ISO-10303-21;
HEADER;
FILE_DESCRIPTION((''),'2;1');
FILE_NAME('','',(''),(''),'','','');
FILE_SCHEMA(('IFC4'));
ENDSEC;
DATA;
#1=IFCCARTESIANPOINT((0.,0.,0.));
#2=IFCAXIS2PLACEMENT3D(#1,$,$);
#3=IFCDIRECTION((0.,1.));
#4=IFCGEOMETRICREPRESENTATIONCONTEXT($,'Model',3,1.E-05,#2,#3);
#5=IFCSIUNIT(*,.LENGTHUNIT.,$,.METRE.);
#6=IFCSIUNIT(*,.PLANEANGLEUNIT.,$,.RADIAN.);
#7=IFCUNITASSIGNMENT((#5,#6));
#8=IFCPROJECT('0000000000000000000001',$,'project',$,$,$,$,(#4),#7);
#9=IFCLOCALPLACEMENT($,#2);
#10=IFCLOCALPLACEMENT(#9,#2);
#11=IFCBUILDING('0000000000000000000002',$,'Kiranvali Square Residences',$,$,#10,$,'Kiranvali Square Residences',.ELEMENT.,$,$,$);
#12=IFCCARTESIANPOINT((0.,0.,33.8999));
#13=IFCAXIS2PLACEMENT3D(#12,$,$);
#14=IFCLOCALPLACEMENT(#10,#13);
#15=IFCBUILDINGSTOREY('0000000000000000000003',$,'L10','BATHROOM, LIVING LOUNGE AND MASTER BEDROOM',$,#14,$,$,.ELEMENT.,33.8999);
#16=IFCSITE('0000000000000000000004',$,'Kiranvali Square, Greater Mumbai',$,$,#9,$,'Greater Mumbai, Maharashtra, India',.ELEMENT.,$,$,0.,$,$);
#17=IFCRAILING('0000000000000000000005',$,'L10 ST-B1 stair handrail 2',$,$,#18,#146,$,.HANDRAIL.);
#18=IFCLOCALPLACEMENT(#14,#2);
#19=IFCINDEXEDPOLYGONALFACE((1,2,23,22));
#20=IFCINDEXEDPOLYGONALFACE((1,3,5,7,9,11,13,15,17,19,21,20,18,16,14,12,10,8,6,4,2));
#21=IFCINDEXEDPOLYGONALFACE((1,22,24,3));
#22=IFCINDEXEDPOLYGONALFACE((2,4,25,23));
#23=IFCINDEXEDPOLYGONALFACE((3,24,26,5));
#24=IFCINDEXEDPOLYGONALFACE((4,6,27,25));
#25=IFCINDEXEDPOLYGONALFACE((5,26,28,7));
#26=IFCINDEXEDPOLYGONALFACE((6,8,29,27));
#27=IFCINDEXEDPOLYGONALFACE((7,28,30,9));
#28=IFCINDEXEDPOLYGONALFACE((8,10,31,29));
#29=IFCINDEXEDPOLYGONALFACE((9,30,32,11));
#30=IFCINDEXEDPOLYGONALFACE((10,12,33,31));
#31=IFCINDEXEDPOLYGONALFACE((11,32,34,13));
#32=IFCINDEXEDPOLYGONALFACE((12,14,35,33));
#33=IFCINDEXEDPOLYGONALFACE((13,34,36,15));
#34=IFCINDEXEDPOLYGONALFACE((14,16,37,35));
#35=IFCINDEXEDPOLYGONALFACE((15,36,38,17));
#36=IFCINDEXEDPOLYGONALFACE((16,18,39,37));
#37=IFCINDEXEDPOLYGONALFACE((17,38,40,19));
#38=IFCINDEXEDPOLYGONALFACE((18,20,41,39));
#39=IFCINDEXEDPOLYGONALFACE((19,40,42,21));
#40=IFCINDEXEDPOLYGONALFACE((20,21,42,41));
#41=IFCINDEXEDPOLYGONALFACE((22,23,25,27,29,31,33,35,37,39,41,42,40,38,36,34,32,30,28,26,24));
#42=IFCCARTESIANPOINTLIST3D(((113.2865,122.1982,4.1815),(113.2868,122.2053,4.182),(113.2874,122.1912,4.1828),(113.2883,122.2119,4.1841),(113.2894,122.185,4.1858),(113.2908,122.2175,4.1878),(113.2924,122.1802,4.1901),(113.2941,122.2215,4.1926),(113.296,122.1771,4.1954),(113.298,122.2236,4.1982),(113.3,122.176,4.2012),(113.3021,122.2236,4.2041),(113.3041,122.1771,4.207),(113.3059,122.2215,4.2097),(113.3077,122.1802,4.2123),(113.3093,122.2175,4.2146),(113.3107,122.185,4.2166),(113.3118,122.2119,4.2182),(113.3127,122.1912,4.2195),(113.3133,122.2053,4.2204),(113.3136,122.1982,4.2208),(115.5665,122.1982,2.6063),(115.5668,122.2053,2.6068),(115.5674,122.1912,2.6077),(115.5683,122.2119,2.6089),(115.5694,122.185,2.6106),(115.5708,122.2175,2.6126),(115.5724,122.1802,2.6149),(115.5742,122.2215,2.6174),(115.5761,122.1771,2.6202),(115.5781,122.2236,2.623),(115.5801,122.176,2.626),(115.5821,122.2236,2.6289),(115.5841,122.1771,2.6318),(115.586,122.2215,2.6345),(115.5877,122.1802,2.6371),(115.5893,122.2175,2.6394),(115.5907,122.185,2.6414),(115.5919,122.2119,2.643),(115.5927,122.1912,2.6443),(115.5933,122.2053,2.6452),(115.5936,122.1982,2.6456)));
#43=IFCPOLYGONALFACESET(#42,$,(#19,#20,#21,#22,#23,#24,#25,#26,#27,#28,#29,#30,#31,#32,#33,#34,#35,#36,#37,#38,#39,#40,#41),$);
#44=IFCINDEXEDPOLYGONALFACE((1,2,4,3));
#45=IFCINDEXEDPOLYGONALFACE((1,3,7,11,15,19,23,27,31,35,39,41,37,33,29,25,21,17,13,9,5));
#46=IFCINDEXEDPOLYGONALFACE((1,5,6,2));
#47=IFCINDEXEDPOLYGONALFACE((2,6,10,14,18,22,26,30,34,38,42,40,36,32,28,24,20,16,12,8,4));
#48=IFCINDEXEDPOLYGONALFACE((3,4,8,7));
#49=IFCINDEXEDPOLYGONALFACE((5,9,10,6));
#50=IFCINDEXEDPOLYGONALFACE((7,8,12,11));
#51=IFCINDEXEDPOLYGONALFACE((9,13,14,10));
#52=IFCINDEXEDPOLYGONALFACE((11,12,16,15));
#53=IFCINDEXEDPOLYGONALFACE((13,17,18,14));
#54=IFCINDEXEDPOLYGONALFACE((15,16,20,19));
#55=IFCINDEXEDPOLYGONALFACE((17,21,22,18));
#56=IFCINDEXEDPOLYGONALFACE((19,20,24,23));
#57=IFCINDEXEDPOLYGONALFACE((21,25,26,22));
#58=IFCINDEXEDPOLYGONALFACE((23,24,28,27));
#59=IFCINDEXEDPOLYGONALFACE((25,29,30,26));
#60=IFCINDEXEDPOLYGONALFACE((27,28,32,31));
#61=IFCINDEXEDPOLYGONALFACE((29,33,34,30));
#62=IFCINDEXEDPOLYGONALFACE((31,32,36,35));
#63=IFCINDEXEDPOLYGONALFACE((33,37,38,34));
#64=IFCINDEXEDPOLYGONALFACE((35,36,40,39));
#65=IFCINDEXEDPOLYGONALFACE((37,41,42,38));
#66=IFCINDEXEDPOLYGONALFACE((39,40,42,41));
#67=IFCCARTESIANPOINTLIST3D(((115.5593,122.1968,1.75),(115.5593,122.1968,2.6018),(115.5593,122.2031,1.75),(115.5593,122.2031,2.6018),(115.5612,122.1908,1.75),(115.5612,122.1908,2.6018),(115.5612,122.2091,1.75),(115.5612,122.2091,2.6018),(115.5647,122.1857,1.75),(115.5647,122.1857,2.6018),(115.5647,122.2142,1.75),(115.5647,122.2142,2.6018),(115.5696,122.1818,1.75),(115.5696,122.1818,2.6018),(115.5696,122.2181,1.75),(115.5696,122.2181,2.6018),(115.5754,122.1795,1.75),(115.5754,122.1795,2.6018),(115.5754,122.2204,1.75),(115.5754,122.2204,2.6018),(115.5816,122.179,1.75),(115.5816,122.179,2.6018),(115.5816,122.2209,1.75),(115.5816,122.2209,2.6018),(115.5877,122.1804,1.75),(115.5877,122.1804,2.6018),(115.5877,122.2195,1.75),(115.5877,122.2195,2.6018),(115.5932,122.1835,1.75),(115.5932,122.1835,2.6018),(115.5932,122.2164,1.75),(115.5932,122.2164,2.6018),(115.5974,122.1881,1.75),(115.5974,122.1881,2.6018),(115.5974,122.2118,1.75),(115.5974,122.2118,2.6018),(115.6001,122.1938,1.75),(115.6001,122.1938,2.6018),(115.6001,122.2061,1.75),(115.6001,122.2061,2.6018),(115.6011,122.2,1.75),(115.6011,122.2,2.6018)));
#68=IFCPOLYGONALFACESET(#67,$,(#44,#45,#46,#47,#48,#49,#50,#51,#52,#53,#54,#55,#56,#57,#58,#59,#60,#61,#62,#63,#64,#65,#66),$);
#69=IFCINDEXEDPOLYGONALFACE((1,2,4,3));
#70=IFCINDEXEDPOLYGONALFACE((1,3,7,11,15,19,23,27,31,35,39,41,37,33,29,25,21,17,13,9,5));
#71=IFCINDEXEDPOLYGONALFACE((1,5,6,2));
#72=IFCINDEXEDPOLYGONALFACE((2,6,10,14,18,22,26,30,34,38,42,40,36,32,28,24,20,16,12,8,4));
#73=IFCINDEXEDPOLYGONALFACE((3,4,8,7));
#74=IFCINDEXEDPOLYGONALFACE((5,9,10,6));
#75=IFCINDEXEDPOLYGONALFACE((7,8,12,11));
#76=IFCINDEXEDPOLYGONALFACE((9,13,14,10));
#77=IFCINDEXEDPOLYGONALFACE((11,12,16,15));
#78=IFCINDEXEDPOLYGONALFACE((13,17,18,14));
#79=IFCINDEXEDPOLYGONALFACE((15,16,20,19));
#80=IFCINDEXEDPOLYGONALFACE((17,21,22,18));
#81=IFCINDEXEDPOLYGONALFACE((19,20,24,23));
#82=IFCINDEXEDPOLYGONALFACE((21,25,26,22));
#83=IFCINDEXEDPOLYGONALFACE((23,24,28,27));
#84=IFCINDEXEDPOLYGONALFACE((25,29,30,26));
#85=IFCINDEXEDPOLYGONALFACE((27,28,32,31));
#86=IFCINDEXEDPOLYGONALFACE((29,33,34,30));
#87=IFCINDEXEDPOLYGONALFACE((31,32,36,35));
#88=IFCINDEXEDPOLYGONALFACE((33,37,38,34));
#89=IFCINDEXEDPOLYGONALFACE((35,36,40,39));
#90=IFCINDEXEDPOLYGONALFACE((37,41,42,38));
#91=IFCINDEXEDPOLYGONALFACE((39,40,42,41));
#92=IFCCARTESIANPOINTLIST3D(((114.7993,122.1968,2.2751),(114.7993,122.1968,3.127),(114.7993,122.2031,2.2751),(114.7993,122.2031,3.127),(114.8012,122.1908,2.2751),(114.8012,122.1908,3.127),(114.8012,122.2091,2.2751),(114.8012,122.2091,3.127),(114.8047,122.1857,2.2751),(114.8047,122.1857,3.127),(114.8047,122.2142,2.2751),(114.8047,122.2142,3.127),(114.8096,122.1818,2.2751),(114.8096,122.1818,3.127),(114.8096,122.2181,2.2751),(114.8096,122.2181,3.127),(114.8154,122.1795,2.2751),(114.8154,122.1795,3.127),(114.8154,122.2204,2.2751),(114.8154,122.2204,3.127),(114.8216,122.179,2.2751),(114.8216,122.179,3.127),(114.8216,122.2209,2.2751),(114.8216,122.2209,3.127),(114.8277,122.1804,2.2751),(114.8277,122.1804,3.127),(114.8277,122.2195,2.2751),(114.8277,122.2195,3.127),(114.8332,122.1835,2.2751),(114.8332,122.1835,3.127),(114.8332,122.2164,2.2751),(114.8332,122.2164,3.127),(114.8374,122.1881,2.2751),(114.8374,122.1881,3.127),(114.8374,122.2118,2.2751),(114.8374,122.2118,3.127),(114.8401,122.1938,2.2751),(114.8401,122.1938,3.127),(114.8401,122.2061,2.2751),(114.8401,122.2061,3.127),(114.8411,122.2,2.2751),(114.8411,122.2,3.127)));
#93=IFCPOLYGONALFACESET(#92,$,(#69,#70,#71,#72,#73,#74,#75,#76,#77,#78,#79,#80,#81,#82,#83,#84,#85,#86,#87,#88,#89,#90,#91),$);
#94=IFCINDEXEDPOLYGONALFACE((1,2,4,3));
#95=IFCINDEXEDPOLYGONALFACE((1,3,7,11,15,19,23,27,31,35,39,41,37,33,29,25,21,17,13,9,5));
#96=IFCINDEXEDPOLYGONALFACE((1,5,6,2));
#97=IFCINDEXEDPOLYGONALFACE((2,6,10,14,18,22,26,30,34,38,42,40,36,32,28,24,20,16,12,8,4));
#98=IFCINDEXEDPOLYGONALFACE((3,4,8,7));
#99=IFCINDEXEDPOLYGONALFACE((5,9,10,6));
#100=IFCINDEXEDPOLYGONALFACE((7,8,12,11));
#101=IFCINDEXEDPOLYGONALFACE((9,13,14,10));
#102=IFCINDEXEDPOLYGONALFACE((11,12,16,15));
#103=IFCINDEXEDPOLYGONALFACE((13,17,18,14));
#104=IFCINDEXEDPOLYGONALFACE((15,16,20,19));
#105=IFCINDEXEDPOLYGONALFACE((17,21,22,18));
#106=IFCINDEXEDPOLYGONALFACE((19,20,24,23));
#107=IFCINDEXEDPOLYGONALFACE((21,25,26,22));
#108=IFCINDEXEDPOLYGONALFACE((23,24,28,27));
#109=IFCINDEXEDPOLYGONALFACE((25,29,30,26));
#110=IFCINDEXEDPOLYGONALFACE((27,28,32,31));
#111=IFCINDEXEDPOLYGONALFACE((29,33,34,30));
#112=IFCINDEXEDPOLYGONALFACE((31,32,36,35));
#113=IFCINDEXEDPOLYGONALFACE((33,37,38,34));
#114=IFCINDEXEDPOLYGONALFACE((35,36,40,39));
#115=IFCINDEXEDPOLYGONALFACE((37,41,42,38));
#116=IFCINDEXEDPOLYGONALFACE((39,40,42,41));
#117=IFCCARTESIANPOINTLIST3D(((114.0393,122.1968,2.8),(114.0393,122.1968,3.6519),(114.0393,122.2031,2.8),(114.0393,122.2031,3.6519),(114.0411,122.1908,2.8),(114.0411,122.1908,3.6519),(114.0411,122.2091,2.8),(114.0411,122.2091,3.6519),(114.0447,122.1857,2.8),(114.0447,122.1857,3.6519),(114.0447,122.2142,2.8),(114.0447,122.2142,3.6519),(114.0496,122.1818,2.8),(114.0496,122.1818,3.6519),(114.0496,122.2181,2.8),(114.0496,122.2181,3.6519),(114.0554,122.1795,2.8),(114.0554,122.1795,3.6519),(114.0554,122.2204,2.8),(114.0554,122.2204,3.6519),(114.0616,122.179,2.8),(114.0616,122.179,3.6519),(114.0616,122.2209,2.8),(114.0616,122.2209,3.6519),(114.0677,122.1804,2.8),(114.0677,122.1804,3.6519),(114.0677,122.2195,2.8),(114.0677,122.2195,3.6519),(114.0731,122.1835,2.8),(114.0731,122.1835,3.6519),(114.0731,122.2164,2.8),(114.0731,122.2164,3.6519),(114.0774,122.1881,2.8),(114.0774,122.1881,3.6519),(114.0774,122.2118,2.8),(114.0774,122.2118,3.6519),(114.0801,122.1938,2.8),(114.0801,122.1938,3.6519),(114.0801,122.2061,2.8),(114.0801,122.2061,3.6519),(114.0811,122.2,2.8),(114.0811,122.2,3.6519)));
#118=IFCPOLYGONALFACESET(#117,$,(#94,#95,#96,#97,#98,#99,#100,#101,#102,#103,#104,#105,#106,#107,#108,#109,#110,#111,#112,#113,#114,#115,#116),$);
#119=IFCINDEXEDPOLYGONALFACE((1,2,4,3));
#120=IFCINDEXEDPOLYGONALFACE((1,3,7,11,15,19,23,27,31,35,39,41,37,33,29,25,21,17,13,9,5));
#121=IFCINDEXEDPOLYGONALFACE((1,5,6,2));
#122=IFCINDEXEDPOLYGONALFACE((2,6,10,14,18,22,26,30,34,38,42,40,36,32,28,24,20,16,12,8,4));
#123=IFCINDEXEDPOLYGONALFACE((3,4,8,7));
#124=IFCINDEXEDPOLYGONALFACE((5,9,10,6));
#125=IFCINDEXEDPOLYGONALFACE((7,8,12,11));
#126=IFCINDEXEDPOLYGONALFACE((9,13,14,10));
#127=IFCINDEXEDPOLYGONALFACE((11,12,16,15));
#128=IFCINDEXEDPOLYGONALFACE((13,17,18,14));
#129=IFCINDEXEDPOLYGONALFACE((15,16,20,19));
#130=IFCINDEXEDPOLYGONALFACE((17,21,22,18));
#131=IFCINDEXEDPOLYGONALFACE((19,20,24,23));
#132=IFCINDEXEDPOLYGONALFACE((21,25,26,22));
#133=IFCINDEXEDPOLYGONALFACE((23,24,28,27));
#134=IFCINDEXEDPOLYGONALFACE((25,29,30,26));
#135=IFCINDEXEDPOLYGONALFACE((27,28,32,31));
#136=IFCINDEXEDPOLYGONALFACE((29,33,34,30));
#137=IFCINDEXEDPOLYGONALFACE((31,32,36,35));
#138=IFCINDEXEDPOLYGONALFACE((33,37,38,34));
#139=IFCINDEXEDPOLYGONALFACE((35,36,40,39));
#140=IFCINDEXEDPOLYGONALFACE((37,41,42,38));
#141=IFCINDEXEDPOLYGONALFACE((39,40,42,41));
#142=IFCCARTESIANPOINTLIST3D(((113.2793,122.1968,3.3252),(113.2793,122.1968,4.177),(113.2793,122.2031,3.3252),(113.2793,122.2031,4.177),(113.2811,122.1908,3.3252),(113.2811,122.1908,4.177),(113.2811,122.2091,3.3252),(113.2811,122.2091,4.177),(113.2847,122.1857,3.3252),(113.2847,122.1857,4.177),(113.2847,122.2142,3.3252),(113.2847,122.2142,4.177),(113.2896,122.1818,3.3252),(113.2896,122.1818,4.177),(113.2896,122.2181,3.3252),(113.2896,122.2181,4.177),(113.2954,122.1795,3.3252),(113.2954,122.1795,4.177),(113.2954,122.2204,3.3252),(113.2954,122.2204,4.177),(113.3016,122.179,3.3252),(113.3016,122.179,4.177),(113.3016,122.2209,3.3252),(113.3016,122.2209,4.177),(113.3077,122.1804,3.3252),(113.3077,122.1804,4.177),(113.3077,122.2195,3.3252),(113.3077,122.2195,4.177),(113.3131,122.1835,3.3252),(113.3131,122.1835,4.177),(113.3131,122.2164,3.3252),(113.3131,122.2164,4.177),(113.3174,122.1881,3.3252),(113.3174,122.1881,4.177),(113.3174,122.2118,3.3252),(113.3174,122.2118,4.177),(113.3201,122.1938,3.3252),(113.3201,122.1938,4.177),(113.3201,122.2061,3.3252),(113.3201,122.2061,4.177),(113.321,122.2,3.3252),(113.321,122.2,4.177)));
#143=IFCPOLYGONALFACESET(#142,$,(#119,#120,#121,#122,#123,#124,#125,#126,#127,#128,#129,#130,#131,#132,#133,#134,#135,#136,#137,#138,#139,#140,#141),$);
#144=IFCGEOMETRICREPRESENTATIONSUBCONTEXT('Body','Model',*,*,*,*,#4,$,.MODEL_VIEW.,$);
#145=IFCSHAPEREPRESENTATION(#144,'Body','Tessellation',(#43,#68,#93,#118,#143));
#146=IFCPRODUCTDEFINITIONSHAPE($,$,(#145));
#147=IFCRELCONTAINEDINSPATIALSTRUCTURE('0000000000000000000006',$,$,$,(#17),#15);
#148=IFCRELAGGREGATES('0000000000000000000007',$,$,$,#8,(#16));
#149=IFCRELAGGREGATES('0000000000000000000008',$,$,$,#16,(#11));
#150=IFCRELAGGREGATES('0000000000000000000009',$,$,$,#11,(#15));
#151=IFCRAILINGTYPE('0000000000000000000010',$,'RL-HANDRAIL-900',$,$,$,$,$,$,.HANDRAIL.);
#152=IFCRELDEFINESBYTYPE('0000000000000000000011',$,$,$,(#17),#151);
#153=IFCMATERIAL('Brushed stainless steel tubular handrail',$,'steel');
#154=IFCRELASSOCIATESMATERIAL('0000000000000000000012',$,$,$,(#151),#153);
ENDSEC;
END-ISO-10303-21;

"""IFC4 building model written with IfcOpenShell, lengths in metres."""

from ifc_helpers import new_model, si_unit, direction, frame, origin, origin_2d, place, context, subcontext, project, spatial, circle, extrude, material, type_object, element, save


model = new_model("IFC4")

# Units and contexts
model_context = context("Model", 3, precision=1e-05, world=origin(), true_north=direction((0.0, 1.0)))
body_context = subcontext(model_context, "Body", "Model", "MODEL_VIEW")
ifc_project = project(units=[si_unit("LENGTHUNIT", "METRE"), si_unit("PLANEANGLEUNIT", "RADIAN")], contexts=[model_context])

# Site, building, storey
site_placement = place(None, origin())
site = spatial("IfcSite", under=ifc_project, at=site_placement, Name="Kiranvali Square, Greater Mumbai", LongName="Greater Mumbai, Maharashtra, India", CompositionType="ELEMENT", RefElevation=0.0)
building_placement = place(site_placement, origin())
building = spatial("IfcBuilding", under=site, at=building_placement, Name="Kiranvali Square Residences", LongName="Kiranvali Square Residences", CompositionType="ELEMENT")
storey_placement = place(building_placement, frame((0.0, 0.0, 33.8999)))
storey = spatial("IfcBuildingStorey", under=building, at=storey_placement, Name="L10", Description="BATHROOM, LIVING LOUNGE AND MASTER BEDROOM", CompositionType="ELEMENT", Elevation=33.8999)

# Railing
ifc_material_1 = material(Name="Brushed stainless steel tubular handrail", Category="steel")
railing_type_1 = type_object("IfcRailingType", Name="RL-HANDRAIL-900", PredefinedType="HANDRAIL", material=ifc_material_1)
railing_1_placement = place(storey_placement, frame((115.5801, 122.2, 1.75)))
element("IfcRailing", 1, at=railing_1_placement, inside=storey, type_object=railing_type_1, Name="L10 ST-B1 stair handrail 2", PredefinedType="HANDRAIL", context=body_context, shape_type="SweptSolid", body=[
    extrude(circle(Radius=0.0239, at=origin_2d()), frame((0.0, 0.0, 0.876), z_axis=(-0.822747, 0.0, 0.568408), x_axis=(0.0, -1.0, 0.0)), (0.0, 0.0, 1.0), 2.7712),
    extrude(circle(Radius=0.021, at=origin_2d()), origin(), (0.0, 0.0, 1.0), 0.8518),
    extrude(circle(Radius=0.021, at=origin_2d()), frame((-0.76, 0.0, 0.5251)), (0.0, 0.0, 1.0), 0.8518),
    extrude(circle(Radius=0.021, at=origin_2d()), frame((-1.52, 0.0, 1.05)), (0.0, 0.0, 1.0), 0.8518),
    extrude(circle(Radius=0.021, at=origin_2d()), frame((-2.28, 0.0, 1.5752)), (0.0, 0.0, 1.0), 0.8518),
])

save(model, "model.ifc")
